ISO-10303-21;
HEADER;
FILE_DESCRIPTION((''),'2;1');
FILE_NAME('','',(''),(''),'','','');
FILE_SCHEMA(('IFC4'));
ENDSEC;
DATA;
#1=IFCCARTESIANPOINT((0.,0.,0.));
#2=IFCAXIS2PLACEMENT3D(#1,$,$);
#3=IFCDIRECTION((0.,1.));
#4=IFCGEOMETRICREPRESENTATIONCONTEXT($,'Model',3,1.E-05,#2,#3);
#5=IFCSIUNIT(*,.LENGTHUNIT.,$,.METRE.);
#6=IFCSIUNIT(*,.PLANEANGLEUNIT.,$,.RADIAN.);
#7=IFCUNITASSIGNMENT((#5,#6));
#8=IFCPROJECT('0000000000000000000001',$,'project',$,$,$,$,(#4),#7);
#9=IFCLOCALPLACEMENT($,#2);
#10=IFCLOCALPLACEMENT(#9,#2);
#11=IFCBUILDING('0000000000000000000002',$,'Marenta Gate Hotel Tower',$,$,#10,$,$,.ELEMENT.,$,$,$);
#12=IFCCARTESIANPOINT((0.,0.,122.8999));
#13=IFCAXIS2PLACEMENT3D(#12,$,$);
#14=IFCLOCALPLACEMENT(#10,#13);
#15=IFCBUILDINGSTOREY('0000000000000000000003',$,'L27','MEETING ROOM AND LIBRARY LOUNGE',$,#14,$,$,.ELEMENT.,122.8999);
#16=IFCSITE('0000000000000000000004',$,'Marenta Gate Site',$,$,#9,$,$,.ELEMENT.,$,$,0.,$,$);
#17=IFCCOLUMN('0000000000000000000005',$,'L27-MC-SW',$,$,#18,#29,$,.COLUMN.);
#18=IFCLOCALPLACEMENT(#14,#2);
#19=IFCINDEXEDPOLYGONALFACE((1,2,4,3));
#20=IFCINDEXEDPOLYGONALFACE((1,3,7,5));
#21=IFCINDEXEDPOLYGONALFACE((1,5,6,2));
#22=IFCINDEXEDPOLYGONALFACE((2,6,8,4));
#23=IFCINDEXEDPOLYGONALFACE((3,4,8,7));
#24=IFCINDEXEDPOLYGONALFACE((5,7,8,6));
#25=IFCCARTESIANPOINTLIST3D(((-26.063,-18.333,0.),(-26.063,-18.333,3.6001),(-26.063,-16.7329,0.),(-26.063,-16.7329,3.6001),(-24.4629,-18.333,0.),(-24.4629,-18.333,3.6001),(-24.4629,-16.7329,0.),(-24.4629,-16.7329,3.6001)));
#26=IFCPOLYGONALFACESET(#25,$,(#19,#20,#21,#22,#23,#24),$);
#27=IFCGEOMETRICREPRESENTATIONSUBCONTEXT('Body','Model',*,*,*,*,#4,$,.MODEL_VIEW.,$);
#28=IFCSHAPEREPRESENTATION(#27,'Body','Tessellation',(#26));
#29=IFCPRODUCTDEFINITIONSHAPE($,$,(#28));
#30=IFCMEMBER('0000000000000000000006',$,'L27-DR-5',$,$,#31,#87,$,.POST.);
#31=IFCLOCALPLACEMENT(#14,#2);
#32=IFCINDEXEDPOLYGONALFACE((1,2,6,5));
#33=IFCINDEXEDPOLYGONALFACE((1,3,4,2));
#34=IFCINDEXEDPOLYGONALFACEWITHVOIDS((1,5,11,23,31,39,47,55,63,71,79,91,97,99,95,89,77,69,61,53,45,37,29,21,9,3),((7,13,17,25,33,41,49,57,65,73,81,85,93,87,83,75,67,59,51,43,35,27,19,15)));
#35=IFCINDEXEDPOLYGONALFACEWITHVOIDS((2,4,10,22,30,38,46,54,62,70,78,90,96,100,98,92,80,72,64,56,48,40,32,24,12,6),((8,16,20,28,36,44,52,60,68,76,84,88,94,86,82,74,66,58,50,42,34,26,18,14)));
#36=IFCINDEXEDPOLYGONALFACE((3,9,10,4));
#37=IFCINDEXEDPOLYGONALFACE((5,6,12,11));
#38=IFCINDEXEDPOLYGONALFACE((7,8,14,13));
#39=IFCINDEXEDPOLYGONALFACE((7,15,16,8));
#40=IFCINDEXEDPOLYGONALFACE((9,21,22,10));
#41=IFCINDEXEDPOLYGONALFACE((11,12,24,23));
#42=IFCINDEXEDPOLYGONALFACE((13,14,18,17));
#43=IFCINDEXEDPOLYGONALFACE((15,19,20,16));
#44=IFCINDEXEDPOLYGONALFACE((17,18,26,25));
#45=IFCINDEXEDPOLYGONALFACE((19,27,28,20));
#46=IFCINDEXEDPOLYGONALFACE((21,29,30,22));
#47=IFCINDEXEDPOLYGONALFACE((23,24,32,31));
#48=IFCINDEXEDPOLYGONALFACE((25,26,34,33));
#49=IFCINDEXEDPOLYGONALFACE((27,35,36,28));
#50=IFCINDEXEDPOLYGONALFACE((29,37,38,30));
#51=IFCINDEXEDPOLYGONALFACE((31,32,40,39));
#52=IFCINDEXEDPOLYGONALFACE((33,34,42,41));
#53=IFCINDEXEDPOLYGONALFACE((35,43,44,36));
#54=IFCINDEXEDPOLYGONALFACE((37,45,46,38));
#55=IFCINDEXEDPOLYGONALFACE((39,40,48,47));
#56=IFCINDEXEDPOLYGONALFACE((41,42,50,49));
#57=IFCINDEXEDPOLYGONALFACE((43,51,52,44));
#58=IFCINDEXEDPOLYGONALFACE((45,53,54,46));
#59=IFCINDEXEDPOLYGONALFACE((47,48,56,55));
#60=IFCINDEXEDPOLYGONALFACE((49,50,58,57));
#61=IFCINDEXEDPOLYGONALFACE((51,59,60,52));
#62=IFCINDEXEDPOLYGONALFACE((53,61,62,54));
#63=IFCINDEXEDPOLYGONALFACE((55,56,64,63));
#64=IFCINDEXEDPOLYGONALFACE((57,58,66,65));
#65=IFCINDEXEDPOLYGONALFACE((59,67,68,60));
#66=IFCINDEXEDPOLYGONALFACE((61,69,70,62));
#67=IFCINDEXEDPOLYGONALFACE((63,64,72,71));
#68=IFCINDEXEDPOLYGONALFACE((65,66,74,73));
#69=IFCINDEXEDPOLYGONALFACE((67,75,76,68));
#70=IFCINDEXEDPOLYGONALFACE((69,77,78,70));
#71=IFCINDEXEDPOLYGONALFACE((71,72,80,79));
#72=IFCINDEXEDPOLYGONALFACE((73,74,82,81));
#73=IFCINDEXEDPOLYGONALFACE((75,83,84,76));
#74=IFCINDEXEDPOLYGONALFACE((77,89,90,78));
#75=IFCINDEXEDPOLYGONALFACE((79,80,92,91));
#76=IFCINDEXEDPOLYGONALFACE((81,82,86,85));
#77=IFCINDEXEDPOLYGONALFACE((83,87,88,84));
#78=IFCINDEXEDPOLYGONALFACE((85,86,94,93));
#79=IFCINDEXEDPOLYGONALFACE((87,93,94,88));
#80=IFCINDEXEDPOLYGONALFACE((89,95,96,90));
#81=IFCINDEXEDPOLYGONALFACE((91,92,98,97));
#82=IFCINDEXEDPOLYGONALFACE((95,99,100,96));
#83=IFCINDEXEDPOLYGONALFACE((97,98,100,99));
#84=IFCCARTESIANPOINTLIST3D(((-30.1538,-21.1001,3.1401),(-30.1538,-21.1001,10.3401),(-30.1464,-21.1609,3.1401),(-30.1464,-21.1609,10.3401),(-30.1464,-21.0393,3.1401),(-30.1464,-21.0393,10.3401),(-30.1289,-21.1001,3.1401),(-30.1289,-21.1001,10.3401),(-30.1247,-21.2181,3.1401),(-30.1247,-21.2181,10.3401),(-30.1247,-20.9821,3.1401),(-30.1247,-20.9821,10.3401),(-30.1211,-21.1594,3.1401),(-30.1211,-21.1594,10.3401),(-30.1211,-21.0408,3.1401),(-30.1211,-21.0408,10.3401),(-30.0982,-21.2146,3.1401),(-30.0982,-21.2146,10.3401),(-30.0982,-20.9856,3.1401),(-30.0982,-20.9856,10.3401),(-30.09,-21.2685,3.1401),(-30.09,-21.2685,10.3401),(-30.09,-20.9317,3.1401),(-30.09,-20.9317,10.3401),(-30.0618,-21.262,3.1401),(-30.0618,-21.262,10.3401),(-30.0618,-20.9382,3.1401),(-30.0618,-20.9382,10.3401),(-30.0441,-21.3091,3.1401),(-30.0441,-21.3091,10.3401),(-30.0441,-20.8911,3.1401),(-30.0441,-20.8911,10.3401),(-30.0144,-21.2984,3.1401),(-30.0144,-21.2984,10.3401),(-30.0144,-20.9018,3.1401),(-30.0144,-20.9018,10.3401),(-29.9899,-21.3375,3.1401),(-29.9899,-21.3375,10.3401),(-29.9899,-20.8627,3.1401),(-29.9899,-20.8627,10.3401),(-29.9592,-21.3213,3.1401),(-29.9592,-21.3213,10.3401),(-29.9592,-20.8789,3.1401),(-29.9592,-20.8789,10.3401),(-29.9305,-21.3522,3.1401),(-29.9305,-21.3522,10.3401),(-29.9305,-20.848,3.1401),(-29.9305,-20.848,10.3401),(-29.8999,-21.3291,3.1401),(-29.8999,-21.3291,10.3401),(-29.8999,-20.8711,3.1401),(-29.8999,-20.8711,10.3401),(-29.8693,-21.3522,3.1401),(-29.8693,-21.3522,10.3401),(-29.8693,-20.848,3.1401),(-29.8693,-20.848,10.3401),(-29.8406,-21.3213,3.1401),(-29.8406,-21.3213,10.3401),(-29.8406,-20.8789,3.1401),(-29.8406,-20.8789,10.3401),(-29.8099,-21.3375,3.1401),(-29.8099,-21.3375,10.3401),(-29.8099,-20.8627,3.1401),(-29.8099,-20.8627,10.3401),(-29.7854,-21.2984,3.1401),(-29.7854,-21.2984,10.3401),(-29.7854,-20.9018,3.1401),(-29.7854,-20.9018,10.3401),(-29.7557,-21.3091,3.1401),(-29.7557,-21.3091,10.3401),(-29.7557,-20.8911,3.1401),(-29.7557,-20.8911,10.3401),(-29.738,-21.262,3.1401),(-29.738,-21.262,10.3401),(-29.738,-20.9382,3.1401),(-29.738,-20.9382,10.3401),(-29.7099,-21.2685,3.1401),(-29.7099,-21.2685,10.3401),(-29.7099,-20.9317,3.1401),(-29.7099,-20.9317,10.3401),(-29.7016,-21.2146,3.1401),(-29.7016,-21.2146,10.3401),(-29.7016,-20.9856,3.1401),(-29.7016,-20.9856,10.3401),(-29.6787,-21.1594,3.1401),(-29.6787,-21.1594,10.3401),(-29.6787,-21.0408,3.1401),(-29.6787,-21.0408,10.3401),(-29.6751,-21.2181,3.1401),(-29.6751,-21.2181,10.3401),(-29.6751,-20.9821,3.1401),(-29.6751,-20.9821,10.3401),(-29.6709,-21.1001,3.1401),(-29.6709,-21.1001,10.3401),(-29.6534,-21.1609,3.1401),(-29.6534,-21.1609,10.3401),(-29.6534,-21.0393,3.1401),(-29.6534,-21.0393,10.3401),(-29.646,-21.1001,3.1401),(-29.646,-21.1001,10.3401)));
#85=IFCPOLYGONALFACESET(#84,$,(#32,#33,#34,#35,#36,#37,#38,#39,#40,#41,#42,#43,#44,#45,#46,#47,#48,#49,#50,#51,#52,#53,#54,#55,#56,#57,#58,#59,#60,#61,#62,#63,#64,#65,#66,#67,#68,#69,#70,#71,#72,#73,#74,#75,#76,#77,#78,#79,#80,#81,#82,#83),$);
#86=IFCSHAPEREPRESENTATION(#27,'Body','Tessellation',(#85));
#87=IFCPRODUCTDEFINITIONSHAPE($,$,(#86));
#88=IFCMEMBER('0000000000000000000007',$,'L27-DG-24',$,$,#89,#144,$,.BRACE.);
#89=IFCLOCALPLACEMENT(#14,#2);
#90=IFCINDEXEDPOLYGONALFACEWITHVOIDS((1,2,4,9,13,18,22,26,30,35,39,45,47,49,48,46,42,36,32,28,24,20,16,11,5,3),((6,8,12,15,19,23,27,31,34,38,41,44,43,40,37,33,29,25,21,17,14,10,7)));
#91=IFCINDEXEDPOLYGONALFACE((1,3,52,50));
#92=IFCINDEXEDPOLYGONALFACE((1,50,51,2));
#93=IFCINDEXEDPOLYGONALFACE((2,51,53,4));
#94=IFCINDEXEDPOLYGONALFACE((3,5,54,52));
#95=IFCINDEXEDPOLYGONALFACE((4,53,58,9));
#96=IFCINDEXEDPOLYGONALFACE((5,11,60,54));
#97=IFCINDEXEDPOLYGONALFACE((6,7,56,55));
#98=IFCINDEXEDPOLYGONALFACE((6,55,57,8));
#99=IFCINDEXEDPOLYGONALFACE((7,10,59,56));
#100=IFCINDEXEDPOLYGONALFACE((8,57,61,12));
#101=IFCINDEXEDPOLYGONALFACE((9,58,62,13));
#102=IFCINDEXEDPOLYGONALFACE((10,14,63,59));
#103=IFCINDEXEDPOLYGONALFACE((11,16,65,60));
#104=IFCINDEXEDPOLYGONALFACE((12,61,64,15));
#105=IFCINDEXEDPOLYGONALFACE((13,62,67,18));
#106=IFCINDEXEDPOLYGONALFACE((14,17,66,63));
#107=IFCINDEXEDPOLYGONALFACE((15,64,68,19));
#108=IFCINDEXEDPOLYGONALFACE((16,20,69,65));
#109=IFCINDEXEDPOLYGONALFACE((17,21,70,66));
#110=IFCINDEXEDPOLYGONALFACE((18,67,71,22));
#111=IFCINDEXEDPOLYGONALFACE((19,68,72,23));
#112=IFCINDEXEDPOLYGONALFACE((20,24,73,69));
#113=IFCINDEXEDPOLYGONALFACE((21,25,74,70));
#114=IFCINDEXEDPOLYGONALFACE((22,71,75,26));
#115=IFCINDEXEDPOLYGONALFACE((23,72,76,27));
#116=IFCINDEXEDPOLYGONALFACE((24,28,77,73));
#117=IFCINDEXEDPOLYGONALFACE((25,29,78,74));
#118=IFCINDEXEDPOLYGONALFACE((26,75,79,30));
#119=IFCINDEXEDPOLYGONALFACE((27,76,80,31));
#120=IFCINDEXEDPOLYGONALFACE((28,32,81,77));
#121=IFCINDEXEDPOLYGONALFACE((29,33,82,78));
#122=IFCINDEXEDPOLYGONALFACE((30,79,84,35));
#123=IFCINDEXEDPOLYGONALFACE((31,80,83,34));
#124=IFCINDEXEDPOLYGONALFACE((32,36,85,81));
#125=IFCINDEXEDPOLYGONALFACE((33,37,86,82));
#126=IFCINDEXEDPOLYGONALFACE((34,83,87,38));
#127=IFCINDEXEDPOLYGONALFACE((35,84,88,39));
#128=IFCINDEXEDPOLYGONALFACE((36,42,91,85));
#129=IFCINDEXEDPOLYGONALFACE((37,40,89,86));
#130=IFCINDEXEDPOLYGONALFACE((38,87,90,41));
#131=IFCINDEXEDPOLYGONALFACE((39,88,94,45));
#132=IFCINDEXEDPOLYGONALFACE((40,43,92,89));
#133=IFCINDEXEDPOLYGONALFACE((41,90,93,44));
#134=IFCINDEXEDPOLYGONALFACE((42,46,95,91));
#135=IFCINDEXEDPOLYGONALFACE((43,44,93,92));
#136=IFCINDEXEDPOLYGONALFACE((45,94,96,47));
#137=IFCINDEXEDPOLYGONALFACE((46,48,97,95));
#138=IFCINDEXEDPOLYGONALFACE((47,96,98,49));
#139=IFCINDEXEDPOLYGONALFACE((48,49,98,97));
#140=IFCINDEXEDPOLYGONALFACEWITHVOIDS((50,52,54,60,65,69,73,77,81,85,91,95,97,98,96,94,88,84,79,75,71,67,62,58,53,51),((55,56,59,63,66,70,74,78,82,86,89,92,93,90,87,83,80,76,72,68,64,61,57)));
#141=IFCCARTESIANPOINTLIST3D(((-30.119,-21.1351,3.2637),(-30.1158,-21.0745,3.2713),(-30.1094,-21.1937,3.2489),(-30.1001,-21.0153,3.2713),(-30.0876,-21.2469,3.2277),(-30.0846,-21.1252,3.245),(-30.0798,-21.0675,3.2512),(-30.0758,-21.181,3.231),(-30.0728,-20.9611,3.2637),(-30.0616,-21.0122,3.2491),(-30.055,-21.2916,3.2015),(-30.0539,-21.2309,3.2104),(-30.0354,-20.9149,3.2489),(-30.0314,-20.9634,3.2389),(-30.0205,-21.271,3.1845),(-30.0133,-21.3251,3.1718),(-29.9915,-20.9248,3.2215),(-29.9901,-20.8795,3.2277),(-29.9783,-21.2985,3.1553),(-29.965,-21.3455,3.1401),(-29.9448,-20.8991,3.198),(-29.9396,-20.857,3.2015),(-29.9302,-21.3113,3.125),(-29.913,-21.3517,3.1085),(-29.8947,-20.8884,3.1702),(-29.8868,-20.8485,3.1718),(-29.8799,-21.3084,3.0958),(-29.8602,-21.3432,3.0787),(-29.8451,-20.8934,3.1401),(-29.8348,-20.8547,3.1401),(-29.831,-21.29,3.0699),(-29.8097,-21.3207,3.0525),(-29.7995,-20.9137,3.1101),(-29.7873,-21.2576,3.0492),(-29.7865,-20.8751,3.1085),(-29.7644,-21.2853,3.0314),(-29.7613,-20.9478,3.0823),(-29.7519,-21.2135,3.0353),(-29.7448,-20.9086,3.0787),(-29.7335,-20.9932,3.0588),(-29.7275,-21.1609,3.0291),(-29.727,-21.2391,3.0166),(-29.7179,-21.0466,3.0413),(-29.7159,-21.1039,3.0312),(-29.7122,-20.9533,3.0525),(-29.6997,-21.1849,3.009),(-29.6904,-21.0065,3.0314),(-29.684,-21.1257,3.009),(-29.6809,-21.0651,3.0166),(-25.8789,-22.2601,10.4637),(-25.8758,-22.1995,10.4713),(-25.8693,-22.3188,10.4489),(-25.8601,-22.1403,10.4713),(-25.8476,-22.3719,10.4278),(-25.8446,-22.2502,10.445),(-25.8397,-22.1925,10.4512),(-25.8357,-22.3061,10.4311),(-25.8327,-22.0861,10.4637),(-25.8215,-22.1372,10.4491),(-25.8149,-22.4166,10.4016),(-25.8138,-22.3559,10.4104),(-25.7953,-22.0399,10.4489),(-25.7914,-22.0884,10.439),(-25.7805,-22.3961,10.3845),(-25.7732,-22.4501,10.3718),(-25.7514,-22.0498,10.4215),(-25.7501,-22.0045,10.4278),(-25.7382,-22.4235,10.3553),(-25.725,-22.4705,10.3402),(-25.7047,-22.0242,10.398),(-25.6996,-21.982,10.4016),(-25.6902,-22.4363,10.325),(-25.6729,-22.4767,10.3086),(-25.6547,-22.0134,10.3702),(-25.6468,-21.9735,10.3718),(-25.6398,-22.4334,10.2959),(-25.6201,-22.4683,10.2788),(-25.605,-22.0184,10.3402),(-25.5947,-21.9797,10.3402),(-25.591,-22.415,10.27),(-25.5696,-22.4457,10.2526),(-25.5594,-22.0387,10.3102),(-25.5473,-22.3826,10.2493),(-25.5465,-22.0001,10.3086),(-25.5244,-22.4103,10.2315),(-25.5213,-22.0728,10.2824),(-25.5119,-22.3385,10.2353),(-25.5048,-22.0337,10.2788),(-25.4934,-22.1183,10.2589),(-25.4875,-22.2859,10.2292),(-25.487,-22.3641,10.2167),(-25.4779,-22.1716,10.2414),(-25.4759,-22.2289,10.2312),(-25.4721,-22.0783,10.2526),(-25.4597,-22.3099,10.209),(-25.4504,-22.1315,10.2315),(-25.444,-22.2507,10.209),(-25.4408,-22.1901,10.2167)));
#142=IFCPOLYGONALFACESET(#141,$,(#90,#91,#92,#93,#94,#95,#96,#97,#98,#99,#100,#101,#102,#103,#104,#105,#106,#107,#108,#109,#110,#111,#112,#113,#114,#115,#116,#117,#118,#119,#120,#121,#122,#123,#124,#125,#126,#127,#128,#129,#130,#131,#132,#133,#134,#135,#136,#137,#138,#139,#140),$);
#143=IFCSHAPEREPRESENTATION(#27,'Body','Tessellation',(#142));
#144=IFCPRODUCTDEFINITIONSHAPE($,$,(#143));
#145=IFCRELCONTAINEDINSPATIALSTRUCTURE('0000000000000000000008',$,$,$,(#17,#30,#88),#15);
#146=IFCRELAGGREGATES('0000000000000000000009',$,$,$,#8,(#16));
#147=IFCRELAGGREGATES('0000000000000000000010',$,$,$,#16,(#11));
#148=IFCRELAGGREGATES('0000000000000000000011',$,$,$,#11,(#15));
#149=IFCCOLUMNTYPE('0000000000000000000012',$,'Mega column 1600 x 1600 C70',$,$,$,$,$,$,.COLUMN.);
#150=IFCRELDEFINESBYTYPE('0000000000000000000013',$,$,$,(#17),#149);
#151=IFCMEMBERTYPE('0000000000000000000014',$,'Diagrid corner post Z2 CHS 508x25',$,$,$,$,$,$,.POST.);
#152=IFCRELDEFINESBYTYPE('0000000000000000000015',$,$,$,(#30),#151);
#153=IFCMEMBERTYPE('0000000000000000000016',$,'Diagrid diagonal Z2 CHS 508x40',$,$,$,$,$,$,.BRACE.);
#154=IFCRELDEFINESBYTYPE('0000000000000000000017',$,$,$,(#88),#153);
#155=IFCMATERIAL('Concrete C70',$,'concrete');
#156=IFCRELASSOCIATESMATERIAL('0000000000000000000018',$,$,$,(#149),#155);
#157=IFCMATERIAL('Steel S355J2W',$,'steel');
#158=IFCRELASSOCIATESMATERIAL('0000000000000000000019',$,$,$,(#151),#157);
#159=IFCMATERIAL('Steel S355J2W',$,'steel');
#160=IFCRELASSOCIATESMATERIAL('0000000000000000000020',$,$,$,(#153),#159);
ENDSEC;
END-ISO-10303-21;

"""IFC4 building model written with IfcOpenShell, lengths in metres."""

from ifc_helpers import new_model, si_unit, direction, frame, origin, origin_2d, place, context, subcontext, project, spatial, rectangle, hollow_circle, extrude, material, material_profile, profile_set, type_object, element, save


model = new_model("IFC4")

# Units and contexts
model_context = context("Model", 3, precision=1e-05, world=origin(), true_north=direction((0.0, 1.0)))
body_context = subcontext(model_context, "Body", "Model", "MODEL_VIEW")
ifc_project = project(units=[si_unit("LENGTHUNIT", "METRE"), si_unit("PLANEANGLEUNIT", "RADIAN")], contexts=[model_context])

# Site, building, storey
site_placement = place(None, origin())
site = spatial("IfcSite", under=ifc_project, at=site_placement, Name="Marenta Gate Site", CompositionType="ELEMENT", RefElevation=0.0)
building_placement = place(site_placement, origin())
building = spatial("IfcBuilding", under=site, at=building_placement, Name="Marenta Gate Hotel Tower", CompositionType="ELEMENT")
storey_placement = place(building_placement, frame((0.0, 0.0, 122.8999)))
storey = spatial("IfcBuildingStorey", under=building, at=storey_placement, Name="L27", Description="MEETING ROOM AND LIBRARY LOUNGE", CompositionType="ELEMENT", Elevation=122.8999)

# Column
ifc_material_1 = material(Name="Concrete C70", Category="concrete")
ifc_material_profile_1 = material_profile(ifc_material_1, rectangle(XDim=1.6001, YDim=1.6001, at=origin_2d()), Name="1600 x 1600")
ifc_profile_set_1 = profile_set([ifc_material_profile_1], Name="Concrete C70")
column_type = type_object("IfcColumnType", Name="Mega column 1600 x 1600 C70", PredefinedType="COLUMN", material=ifc_profile_set_1)
column_placement = place(storey_placement, frame((-25.2629, -17.533, 0.0), z_axis=(0.0, 0.0, 1.0), x_axis=(1.0, 0.0, 0.0)))
element("IfcColumn", 1, at=column_placement, inside=storey, type_object=column_type, Name="L27-MC-SW", PredefinedType="COLUMN", context=body_context, shape_type="SweptSolid", body=[
    extrude(rectangle(XDim=1.6001, YDim=1.6001, at=origin_2d()), origin(), (0.0, 0.0, 1.0), 3.6001),
])

# Members
ifc_material_2 = material(Name="Steel S355J2W", Category="steel")
ifc_material_profile_2 = material_profile(ifc_material_2, hollow_circle(Radius=0.2539, WallThickness=0.0249, at=origin_2d()), Name="CHS 508x25")
ifc_profile_set_2 = profile_set([ifc_material_profile_2], Name="Steel S355J2W")
member_type_1 = type_object("IfcMemberType", Name="Diagrid corner post Z2 CHS 508x25", PredefinedType="POST", material=ifc_profile_set_2)
member_1_placement = place(storey_placement, frame((-29.8999, -21.1001, 3.1401), z_axis=(0.0, 0.0, 1.0), x_axis=(1.0, 0.0, 0.0)))
element("IfcMember", 2, at=member_1_placement, inside=storey, type_object=member_type_1, Name="L27-DR-5", PredefinedType="POST", context=body_context, shape_type="SweptSolid", body=[
    extrude(hollow_circle(Radius=0.2539, WallThickness=0.0249, at=origin_2d()), origin(), (0.0, 0.0, 1.0), 7.2),
])
ifc_material_3 = material(Name="Steel S355J2W", Category="steel")
ifc_material_profile_3 = material_profile(ifc_material_3, hollow_circle(Radius=0.2539, WallThickness=0.04, at=origin_2d()), Name="CHS 508x40")
ifc_profile_set_3 = profile_set([ifc_material_profile_3], Name="Steel S355J2W")
member_type_2 = type_object("IfcMemberType", Name="Diagrid diagonal Z2 CHS 508x40", PredefinedType="BRACE", material=ifc_profile_set_3)
member_2_placement = place(storey_placement, frame((-29.8999, -21.1001, 3.1401), z_axis=(0.502902, -0.133435, 0.853981), x_axis=(0.256457, 0.966556, 0.0)))
element("IfcMember", 3, at=member_2_placement, inside=storey, type_object=member_type_2, Name="L27-DG-24", PredefinedType="BRACE", context=body_context, shape_type="SweptSolid", body=[
    extrude(hollow_circle(Radius=0.2539, WallThickness=0.04, at=origin_2d()), origin(), (0.0, 0.0, 1.0), 8.4312),
])

save(model, "model.ifc")
